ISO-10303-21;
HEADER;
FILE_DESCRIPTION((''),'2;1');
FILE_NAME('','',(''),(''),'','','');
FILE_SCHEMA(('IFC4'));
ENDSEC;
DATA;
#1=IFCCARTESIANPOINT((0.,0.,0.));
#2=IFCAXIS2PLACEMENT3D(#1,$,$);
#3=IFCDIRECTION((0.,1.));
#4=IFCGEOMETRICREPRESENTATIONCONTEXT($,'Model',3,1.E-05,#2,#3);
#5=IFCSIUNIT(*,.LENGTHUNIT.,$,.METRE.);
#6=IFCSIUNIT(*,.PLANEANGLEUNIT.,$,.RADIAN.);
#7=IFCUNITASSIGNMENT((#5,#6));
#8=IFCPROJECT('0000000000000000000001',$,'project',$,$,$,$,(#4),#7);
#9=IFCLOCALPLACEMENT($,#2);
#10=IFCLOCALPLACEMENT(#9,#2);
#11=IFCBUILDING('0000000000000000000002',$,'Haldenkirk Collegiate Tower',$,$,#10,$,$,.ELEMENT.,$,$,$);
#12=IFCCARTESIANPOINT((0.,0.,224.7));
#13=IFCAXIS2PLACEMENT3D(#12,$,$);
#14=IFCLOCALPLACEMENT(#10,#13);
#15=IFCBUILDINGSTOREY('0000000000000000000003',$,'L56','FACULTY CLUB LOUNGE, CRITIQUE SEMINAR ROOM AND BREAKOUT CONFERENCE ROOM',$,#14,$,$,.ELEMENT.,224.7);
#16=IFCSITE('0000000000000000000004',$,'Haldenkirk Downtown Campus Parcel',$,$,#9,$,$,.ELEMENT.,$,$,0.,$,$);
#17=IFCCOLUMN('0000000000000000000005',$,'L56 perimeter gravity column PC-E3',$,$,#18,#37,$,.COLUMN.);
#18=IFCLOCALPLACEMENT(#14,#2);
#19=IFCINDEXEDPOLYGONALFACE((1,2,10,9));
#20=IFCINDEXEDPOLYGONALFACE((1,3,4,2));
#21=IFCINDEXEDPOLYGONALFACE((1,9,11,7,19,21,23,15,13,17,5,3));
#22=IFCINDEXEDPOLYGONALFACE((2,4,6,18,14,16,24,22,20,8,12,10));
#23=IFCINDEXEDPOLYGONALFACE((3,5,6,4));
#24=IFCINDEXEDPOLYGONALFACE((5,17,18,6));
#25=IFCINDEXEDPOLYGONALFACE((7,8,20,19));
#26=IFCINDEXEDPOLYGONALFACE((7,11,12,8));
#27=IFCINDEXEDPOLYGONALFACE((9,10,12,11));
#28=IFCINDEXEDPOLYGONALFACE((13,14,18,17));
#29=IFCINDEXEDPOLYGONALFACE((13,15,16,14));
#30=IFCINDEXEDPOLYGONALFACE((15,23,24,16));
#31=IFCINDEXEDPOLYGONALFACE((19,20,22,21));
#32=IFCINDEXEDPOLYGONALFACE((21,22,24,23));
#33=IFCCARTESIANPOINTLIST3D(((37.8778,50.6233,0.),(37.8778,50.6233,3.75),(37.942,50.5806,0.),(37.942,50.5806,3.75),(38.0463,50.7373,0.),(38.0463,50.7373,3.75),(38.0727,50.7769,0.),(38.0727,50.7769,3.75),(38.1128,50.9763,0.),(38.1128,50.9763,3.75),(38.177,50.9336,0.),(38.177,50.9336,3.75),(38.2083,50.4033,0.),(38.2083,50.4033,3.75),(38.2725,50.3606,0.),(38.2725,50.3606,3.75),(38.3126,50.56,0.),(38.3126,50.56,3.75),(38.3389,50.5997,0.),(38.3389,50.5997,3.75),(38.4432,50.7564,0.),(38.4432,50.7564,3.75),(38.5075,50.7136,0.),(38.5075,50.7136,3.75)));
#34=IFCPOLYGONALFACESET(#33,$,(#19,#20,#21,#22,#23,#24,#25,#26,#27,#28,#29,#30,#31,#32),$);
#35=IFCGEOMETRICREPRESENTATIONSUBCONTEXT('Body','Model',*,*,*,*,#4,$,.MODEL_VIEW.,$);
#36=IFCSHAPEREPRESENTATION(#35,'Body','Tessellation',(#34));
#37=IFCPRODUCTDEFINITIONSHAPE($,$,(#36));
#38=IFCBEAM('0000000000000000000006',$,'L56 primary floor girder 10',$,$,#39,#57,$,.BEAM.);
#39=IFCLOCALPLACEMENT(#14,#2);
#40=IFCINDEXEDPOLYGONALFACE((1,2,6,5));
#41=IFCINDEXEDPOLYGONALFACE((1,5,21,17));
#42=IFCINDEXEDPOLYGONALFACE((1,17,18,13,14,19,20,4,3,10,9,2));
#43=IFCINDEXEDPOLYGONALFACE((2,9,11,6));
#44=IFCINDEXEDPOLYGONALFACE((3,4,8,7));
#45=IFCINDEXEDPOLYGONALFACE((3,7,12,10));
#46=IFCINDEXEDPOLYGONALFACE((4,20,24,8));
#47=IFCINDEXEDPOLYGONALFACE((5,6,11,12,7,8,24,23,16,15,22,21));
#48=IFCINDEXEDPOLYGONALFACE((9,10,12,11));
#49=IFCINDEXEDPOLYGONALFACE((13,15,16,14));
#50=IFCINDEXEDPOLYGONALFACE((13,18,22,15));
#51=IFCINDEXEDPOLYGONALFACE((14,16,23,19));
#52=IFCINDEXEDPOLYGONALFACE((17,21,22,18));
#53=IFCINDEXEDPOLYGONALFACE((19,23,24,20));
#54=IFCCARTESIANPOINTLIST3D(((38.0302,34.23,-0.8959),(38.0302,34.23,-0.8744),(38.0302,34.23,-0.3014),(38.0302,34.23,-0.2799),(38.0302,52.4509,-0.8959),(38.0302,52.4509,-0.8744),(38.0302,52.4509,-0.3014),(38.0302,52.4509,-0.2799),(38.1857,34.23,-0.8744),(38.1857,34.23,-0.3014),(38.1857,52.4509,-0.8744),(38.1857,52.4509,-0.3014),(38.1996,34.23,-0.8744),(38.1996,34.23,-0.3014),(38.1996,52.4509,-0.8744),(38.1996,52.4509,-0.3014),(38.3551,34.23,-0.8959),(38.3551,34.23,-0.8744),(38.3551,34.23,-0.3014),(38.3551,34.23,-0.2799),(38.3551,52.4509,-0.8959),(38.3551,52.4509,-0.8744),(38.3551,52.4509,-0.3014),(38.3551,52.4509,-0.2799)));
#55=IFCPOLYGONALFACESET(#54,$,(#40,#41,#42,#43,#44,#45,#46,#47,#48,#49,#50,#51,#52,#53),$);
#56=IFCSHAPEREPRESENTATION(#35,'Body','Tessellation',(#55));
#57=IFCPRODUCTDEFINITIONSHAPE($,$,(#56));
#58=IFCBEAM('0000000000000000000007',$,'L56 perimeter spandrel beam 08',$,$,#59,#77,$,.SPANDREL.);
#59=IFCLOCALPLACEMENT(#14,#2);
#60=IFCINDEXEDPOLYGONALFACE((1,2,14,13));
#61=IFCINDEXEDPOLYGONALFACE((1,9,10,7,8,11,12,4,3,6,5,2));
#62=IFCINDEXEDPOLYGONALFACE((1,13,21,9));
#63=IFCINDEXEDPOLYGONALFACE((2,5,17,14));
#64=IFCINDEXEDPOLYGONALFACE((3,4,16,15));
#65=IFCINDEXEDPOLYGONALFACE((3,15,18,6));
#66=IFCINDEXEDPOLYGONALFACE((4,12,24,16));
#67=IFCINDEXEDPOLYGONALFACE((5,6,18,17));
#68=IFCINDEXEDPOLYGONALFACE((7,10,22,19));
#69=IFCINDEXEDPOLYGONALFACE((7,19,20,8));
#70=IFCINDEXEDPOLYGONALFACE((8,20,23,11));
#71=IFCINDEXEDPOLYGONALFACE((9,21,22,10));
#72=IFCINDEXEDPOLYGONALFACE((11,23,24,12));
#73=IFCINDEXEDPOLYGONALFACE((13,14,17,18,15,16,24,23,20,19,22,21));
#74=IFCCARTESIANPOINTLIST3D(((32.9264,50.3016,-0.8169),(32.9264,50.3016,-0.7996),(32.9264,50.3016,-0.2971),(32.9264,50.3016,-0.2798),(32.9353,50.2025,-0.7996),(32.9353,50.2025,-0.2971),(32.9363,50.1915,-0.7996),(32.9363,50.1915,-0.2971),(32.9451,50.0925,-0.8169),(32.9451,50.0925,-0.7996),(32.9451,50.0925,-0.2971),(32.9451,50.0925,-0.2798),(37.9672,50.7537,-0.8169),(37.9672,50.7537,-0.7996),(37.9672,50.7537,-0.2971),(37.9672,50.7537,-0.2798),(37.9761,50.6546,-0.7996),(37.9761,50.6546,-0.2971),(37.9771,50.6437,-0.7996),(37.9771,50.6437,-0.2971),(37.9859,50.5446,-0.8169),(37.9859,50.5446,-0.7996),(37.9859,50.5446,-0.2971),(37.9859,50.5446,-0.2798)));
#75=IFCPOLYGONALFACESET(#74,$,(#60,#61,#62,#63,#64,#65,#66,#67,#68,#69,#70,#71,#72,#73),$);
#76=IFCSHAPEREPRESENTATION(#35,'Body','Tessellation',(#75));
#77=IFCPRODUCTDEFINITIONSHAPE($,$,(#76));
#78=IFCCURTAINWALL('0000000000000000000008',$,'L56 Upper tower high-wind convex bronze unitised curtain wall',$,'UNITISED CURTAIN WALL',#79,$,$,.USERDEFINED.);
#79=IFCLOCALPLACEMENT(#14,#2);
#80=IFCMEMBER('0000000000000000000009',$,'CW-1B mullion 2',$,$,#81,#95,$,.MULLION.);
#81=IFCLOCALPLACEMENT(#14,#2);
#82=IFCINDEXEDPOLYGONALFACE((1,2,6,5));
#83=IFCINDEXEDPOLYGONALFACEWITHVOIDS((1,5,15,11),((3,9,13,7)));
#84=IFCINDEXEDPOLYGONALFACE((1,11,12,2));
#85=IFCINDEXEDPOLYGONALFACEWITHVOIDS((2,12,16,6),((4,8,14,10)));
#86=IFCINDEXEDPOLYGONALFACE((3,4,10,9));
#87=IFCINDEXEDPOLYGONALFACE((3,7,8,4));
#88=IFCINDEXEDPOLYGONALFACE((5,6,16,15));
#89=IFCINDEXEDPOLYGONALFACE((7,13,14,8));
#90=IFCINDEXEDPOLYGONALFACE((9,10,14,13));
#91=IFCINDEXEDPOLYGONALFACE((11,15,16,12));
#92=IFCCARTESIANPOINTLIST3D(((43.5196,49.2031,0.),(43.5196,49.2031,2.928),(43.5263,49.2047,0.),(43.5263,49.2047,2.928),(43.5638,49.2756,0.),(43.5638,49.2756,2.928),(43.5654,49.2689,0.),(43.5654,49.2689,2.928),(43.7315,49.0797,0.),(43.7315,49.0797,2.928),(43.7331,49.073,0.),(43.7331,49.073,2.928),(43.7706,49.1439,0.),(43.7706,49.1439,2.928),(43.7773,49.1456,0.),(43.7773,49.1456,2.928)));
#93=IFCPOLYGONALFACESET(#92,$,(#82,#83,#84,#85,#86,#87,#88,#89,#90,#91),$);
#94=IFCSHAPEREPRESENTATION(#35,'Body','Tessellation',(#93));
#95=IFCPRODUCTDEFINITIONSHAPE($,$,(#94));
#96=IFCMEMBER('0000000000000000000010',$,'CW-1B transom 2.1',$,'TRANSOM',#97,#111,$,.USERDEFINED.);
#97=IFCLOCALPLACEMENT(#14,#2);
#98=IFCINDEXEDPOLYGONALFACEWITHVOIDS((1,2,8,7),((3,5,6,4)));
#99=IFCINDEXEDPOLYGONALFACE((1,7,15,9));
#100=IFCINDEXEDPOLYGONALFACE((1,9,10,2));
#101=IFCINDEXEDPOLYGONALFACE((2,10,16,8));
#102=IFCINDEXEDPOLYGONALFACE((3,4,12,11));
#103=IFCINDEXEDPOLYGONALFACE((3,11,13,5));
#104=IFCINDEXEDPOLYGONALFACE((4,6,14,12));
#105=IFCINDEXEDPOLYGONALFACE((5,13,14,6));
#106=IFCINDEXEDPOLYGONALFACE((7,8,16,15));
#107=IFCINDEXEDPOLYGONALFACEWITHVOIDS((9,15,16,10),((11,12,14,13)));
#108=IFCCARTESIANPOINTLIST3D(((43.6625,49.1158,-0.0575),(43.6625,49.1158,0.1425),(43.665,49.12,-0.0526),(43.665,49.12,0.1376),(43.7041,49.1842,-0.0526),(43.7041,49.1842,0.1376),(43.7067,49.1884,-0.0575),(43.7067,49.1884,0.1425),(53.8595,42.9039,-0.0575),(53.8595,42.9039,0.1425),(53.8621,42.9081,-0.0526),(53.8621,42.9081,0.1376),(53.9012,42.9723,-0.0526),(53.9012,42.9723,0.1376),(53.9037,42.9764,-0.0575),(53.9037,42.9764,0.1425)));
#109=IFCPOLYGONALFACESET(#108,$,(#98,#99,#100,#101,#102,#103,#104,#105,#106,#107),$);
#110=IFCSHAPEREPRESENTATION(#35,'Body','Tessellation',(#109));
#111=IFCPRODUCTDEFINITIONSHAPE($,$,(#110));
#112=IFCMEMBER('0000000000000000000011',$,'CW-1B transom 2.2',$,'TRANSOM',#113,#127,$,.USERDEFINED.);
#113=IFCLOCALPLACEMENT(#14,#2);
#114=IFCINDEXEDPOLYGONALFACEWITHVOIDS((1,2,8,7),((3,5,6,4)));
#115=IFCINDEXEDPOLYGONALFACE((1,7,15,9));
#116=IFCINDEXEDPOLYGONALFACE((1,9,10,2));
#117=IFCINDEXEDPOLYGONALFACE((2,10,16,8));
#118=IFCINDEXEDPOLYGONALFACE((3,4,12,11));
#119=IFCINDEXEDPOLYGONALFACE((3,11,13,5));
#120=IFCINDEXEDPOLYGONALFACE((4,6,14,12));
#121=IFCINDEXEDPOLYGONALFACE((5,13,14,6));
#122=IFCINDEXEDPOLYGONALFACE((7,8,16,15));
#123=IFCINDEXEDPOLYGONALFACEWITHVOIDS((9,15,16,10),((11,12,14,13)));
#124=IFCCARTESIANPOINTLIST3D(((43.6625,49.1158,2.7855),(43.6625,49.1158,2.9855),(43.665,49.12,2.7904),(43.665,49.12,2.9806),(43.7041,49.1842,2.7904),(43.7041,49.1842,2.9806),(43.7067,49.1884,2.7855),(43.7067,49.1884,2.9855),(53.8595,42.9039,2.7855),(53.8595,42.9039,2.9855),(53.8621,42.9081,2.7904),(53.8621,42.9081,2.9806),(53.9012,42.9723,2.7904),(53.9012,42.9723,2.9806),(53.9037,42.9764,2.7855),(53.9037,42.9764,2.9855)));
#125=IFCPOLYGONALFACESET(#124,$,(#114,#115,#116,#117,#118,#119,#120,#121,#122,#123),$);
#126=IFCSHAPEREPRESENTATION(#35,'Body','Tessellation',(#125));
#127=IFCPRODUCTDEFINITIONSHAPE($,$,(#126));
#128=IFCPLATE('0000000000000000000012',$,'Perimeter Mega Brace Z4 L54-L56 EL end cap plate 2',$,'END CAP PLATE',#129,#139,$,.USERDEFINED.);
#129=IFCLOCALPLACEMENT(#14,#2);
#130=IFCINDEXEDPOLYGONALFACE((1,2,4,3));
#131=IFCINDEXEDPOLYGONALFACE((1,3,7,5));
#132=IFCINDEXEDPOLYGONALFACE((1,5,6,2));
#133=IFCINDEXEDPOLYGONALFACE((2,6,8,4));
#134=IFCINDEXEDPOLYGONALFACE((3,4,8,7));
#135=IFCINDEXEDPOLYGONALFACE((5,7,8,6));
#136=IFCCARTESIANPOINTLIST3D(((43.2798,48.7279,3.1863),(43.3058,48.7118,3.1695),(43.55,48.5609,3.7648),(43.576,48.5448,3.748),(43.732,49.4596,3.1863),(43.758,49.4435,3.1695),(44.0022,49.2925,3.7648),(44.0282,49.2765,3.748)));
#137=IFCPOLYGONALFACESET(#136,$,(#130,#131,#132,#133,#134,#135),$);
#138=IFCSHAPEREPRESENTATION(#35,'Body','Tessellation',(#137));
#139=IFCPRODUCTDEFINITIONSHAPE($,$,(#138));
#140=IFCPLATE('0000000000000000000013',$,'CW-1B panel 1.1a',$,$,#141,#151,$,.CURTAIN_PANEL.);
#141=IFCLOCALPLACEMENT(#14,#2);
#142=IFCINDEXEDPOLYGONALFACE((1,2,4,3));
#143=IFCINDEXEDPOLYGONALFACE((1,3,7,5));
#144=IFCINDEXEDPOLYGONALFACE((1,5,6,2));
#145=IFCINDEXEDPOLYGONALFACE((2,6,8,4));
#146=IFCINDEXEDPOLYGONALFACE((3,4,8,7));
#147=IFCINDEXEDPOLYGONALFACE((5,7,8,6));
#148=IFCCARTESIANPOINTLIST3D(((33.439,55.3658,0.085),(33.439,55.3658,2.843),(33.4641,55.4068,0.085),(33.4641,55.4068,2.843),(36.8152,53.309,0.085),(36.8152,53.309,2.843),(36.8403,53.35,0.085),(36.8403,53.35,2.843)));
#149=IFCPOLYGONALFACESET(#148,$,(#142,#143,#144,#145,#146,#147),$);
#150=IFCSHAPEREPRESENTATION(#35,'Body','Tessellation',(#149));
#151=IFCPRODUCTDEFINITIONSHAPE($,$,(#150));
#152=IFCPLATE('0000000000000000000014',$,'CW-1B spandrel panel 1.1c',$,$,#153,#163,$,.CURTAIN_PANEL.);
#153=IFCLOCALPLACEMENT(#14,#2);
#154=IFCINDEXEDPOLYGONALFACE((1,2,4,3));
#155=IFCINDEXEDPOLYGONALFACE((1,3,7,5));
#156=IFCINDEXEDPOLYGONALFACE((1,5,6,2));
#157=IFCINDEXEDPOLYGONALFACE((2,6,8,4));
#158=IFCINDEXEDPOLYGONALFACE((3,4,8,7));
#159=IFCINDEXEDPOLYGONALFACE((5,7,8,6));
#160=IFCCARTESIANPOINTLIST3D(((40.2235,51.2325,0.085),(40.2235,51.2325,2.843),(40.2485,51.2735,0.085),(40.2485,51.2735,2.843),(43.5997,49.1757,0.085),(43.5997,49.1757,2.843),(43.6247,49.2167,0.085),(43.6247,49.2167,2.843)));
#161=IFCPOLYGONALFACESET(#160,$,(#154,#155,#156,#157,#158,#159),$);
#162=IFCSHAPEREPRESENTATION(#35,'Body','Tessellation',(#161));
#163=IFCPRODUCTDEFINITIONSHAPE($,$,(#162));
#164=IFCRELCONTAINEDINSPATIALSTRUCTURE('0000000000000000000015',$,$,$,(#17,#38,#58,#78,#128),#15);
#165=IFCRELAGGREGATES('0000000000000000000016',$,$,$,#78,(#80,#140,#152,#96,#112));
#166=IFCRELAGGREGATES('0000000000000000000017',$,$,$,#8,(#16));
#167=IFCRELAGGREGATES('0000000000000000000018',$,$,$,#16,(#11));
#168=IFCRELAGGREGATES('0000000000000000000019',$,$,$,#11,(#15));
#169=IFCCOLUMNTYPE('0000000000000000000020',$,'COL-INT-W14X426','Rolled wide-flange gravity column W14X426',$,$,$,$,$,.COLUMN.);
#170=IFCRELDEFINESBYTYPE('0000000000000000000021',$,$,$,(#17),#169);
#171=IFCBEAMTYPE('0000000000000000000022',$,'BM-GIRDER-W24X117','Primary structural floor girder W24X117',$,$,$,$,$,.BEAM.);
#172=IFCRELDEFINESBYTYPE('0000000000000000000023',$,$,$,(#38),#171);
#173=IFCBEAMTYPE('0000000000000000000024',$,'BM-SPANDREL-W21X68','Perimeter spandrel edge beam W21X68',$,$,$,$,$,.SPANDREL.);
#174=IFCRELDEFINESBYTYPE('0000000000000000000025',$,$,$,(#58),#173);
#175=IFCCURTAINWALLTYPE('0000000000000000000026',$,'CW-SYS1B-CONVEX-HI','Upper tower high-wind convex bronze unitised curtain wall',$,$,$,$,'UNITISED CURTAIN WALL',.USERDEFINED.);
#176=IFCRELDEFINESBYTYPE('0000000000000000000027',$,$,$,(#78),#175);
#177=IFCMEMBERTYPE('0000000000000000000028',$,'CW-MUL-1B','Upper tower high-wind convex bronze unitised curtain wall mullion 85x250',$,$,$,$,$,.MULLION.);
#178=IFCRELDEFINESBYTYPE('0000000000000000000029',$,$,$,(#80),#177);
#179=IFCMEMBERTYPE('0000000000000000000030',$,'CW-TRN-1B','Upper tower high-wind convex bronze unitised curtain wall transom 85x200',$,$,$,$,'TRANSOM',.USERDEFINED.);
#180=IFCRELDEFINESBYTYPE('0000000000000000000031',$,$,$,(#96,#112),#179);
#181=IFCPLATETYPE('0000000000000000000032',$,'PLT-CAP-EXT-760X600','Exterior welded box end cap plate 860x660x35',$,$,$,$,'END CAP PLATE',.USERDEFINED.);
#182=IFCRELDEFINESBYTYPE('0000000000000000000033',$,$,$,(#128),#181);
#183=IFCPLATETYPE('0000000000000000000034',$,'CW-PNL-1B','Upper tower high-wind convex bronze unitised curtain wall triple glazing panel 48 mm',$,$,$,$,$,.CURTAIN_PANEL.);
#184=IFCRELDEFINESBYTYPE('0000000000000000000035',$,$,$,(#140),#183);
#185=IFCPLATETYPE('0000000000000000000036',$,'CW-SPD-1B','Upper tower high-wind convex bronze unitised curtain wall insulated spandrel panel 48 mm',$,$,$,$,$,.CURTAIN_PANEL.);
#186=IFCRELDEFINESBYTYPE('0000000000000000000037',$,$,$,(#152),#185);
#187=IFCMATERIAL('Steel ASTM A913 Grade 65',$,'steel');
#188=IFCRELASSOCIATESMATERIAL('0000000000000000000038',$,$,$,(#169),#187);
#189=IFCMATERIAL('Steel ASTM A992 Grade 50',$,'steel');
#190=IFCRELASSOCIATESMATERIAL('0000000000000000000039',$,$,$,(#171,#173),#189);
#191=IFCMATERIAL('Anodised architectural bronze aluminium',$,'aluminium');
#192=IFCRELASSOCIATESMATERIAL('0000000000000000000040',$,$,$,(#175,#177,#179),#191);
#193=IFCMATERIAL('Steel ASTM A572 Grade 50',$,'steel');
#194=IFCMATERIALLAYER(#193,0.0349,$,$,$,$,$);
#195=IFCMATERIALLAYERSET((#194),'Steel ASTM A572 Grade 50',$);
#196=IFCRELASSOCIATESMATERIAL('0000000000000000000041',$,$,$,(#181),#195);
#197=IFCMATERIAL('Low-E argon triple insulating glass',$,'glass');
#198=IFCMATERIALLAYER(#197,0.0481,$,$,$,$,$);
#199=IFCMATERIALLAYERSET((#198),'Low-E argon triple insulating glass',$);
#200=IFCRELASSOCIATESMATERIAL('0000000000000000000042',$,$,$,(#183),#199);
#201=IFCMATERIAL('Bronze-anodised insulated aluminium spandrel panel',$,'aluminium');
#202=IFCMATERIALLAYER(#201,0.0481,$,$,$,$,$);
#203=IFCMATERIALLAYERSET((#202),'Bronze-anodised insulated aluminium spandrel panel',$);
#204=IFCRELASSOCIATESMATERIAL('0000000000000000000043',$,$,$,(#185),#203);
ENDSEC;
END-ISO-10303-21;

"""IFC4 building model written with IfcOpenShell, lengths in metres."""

from ifc_helpers import new_model, si_unit, direction, frame, origin, origin_2d, place, context, subcontext, project, spatial, rectangle, hollow_rectangle, i_section, extrude, source, transform, mapped, material, layer, layer_set, material_profile, profile_set, type_object, element, aggregate, save


model = new_model("IFC4")

# Units and contexts
model_context = context("Model", 3, precision=1e-05, world=origin(), true_north=direction((0.0, 1.0)))
body_context = subcontext(model_context, "Body", "Model", "MODEL_VIEW")
ifc_project = project(units=[si_unit("LENGTHUNIT", "METRE"), si_unit("PLANEANGLEUNIT", "RADIAN")], contexts=[model_context])

# Site, building, storey
site_placement = place(None, origin())
site = spatial("IfcSite", under=ifc_project, at=site_placement, Name="Haldenkirk Downtown Campus Parcel", CompositionType="ELEMENT", RefElevation=0.0)
building_placement = place(site_placement, origin())
building = spatial("IfcBuilding", under=site, at=building_placement, Name="Haldenkirk Collegiate Tower", CompositionType="ELEMENT")
storey_placement = place(building_placement, frame((0.0, 0.0, 224.7)))
storey = spatial("IfcBuildingStorey", under=building, at=storey_placement, Name="L56", Description="FACULTY CLUB LOUNGE, CRITIQUE SEMINAR ROOM AND BREAKOUT CONFERENCE ROOM", CompositionType="ELEMENT", Elevation=224.7)

# Column
ifc_material_1 = material(Name="Steel ASTM A913 Grade 65", Category="steel")
ifc_material_profile_1 = material_profile(ifc_material_1, i_section(OverallWidth=0.4241, OverallDepth=0.4741, WebThickness=0.0476, FlangeThickness=0.0771, at=origin_2d()), Name="W14X426")
ifc_profile_set_1 = profile_set([ifc_material_profile_1], Name="Steel ASTM A913 Grade 65")
column_type = type_object("IfcColumnType", Name="COL-INT-W14X426", Description="Rolled wide-flange gravity column W14X426", PredefinedType="COLUMN", material=ifc_profile_set_1)
column_placement = place(storey_placement, frame((38.1926, 50.6685, 0.0), z_axis=(0.0, 0.0, 1.0), x_axis=(0.554118, 0.832438, 0.0)))
element("IfcColumn", 1, at=column_placement, inside=storey, type_object=column_type, Name="L56 perimeter gravity column PC-E3", PredefinedType="COLUMN", context=body_context, shape_type="SweptSolid", body=[
    extrude(i_section(OverallWidth=0.4241, OverallDepth=0.4741, WebThickness=0.0476, FlangeThickness=0.0771, at=origin_2d()), origin(), (0.0, 0.0, 1.0), 3.75),
])

# Beams
ifc_material_2 = material(Name="Steel ASTM A992 Grade 50", Category="steel")
ifc_material_profile_2 = material_profile(ifc_material_2, i_section(OverallWidth=0.325, OverallDepth=0.616, WebThickness=0.0139, FlangeThickness=0.0215, at=origin_2d()), Name="W24X117")
ifc_profile_set_2 = profile_set([ifc_material_profile_2], Name="Steel ASTM A992 Grade 50")
beam_type_1 = type_object("IfcBeamType", Name="BM-GIRDER-W24X117", Description="Primary structural floor girder W24X117", PredefinedType="BEAM", material=ifc_profile_set_2)
beam_1_placement = place(storey_placement, frame((38.1926, 52.4509, -0.5879), z_axis=(0.0, -1.0, 0.0), x_axis=(1.0, 0.0, 0.0)))
element("IfcBeam", 2, at=beam_1_placement, inside=storey, type_object=beam_type_1, Name="L56 primary floor girder 10", PredefinedType="BEAM", context=body_context, shape_type="SweptSolid", body=[
    extrude(i_section(OverallWidth=0.325, OverallDepth=0.616, WebThickness=0.0139, FlangeThickness=0.0215, at=origin_2d()), origin(), (0.0, 0.0, 1.0), 18.2209),
])
ifc_material_profile_3 = material_profile(ifc_material_2, i_section(OverallWidth=0.21, OverallDepth=0.5371, WebThickness=0.011, FlangeThickness=0.0173, at=origin_2d()), Name="W21X68")
ifc_profile_set_3 = profile_set([ifc_material_profile_3], Name="Steel ASTM A992 Grade 50")
beam_type_2 = type_object("IfcBeamType", Name="BM-SPANDREL-W21X68", Description="Perimeter spandrel edge beam W21X68", PredefinedType="SPANDREL", material=ifc_profile_set_3)
beam_2_placement = place(storey_placement, frame((37.9766, 50.6492, -0.5483), z_axis=(-0.996001, -0.08934, 0.0), x_axis=(0.08934, -0.996001, 0.0)))
element("IfcBeam", 3, at=beam_2_placement, inside=storey, type_object=beam_type_2, Name="L56 perimeter spandrel beam 08", PredefinedType="SPANDREL", context=body_context, shape_type="SweptSolid", body=[
    extrude(i_section(OverallWidth=0.21, OverallDepth=0.5371, WebThickness=0.011, FlangeThickness=0.0173, at=origin_2d()), origin(), (0.0, 0.0, 1.0), 5.061),
])

# Curtain wall, members
ifc_material_3 = material(Name="Anodised architectural bronze aluminium", Category="aluminium")
curtain_wall_type = type_object("IfcCurtainWallType", Name="CW-SYS1B-CONVEX-HI", Description="Upper tower high-wind convex bronze unitised curtain wall", ElementType="UNITISED CURTAIN WALL", PredefinedType="USERDEFINED", material=ifc_material_3)
curtain_wall_placement = place(storey_placement, origin())
curtain_wall = element("IfcCurtainWall", 4, at=curtain_wall_placement, inside=storey, type_object=curtain_wall_type, Name="L56 Upper tower high-wind convex bronze unitised curtain wall", ObjectType="UNITISED CURTAIN WALL", PredefinedType="USERDEFINED")
ifc_material_profile_4 = material_profile(ifc_material_3, hollow_rectangle(XDim=0.085, YDim=0.25, WallThickness=0.0049, at=origin_2d()), Name="CW-MUL-1B")
ifc_profile_set_4 = profile_set([ifc_material_profile_4], Name="Anodised architectural bronze aluminium")
member_type_1 = type_object("IfcMemberType", Name="CW-MUL-1B", Description="Upper tower high-wind convex bronze unitised curtain wall mullion 85x250", PredefinedType="MULLION", material=ifc_profile_set_4)
member_1_placement = place(storey_placement, frame((43.6484, 49.1743, 0.0), z_axis=(0.0, 0.0, 1.0), x_axis=(0.520265, 0.854005, 0.0)))
member_1 = element("IfcMember", 5, at=member_1_placement, type_object=member_type_1, Name="CW-1B mullion 2", PredefinedType="MULLION", context=body_context, shape_type="SweptSolid", body=[
    extrude(hollow_rectangle(XDim=0.085, YDim=0.25, WallThickness=0.0049, at=origin_2d()), origin(), (0.0, 0.0, 1.0), 2.928),
])
ifc_material_profile_5 = material_profile(ifc_material_3, hollow_rectangle(XDim=0.085, YDim=0.2, WallThickness=0.0049, at=origin_2d()), Name="CW-TRN-1B")
ifc_profile_set_5 = profile_set([ifc_material_profile_5], Name="Anodised architectural bronze aluminium")
member_type_2 = type_object("IfcMemberType", Name="CW-TRN-1B", Description="Upper tower high-wind convex bronze unitised curtain wall transom 85x200", ElementType="TRANSOM", PredefinedType="USERDEFINED", material=ifc_profile_set_5)
member_2_placement = place(storey_placement, frame((43.6846, 49.1521, 0.0425), z_axis=(0.854011, -0.520254, 0.0), x_axis=(0.520254, 0.854011, 0.0)))
member_2 = element("IfcMember", 6, at=member_2_placement, type_object=member_type_2, Name="CW-1B transom 2.1", ObjectType="TRANSOM", PredefinedType="USERDEFINED", context=body_context, shape_type="SweptSolid", body=[
    extrude(hollow_rectangle(XDim=0.085, YDim=0.2, WallThickness=0.0049, at=origin_2d()), origin(), (0.0, 0.0, 1.0), 11.9402),
])
member_3_placement = place(storey_placement, frame((43.6846, 49.1521, 2.8855), z_axis=(0.854011, -0.520254, 0.0), x_axis=(0.520254, 0.854011, 0.0)))
member_3 = element("IfcMember", 7, at=member_3_placement, type_object=member_type_2, Name="CW-1B transom 2.2", ObjectType="TRANSOM", PredefinedType="USERDEFINED", context=body_context, shape_type="SweptSolid", body=[
    extrude(hollow_rectangle(XDim=0.085, YDim=0.2, WallThickness=0.0049, at=origin_2d()), origin(), (0.0, 0.0, 1.0), 11.9402),
])

# Plates
ifc_material_4 = material(Name="Steel ASTM A572 Grade 50", Category="steel")
ifc_layer_1 = layer(ifc_material_4, 0.0349)
ifc_layer_set_1 = layer_set([ifc_layer_1], Name="Steel ASTM A572 Grade 50")
plate_type_1 = type_object("IfcPlateType", Name="PLT-CAP-EXT-760X600", Description="Exterior welded box end cap plate 860x660x35", ElementType="END CAP PLATE", PredefinedType="USERDEFINED", material=ifc_layer_set_1)
shared_shape_1 = source(origin(), body_context, "Body", "SweptSolid", [
    extrude(rectangle(XDim=0.8601, YDim=0.6599, at=origin_2d()), origin(), (0.0, 0.0, 1.0), 0.0349),
])
plate_1_placement = place(storey_placement, frame((43.667, 48.9941, 3.4587), z_axis=(-0.745603, 0.460826, 0.481368), x_axis=(-0.525746, -0.850642, 0.0)))
element("IfcPlate", 8, at=plate_1_placement, inside=storey, type_object=plate_type_1, Name="Perimeter Mega Brace Z4 L54-L56 EL end cap plate 2", ObjectType="END CAP PLATE", PredefinedType="USERDEFINED", context=body_context, shape_type="MappedRepresentation", body=[
    mapped(shared_shape_1, transform((0.0, 0.0, 0.0), x_axis=(1.0, 0.0, 0.0), y_axis=(0.0, 1.0, 0.0), z_axis=(0.0, 0.0, 1.0), scale=1.0)),
])
ifc_material_5 = material(Name="Low-E argon triple insulating glass", Category="glass")
ifc_layer_2 = layer(ifc_material_5, 0.0481)
ifc_layer_set_2 = layer_set([ifc_layer_2], Name="Low-E argon triple insulating glass")
plate_type_2 = type_object("IfcPlateType", Name="CW-PNL-1B", Description="Upper tower high-wind convex bronze unitised curtain wall triple glazing panel 48 mm", PredefinedType="CURTAIN_PANEL", material=ifc_layer_set_2)
shared_shape_2 = source(origin(), body_context, "Body", "SweptSolid", [
    extrude(rectangle(XDim=3.9534, YDim=0.0481, at=origin_2d()), origin(), (0.0, 0.0, 1.0), 2.7581),
])
plate_2_placement = place(storey_placement, frame((35.1396, 54.3579, 0.085), z_axis=(0.0, 0.0, 1.0), x_axis=(0.854005, -0.520265, 0.0)))
plate_2 = element("IfcPlate", 9, at=plate_2_placement, type_object=plate_type_2, Name="CW-1B panel 1.1a", PredefinedType="CURTAIN_PANEL", context=body_context, shape_type="MappedRepresentation", body=[
    mapped(shared_shape_2, transform((0.0, 0.0, 0.0), x_axis=(1.0, 0.0, 0.0), y_axis=(0.0, 1.0, 0.0), z_axis=(0.0, 0.0, 1.0), scale=1.0)),
])
ifc_material_6 = material(Name="Bronze-anodised insulated aluminium spandrel panel", Category="aluminium")
ifc_layer_3 = layer(ifc_material_6, 0.0481)
ifc_layer_set_3 = layer_set([ifc_layer_3], Name="Bronze-anodised insulated aluminium spandrel panel")
plate_type_3 = type_object("IfcPlateType", Name="CW-SPD-1B", Description="Upper tower high-wind convex bronze unitised curtain wall insulated spandrel panel 48 mm", PredefinedType="CURTAIN_PANEL", material=ifc_layer_set_3)
plate_3_placement = place(storey_placement, frame((41.9241, 50.2246, 0.085), z_axis=(0.0, 0.0, 1.0), x_axis=(0.854005, -0.520265, 0.0)))
plate_3 = element("IfcPlate", 10, at=plate_3_placement, type_object=plate_type_3, Name="CW-1B spandrel panel 1.1c", PredefinedType="CURTAIN_PANEL", context=body_context, shape_type="MappedRepresentation", body=[
    mapped(shared_shape_2, transform((0.0, 0.0, 0.0), x_axis=(1.0, 0.0, 0.0), y_axis=(0.0, 1.0, 0.0), z_axis=(0.0, 0.0, 1.0), scale=1.0)),
])
aggregate(curtain_wall, [member_1, plate_2, plate_3, member_2, member_3])

save(model, "model.ifc")
